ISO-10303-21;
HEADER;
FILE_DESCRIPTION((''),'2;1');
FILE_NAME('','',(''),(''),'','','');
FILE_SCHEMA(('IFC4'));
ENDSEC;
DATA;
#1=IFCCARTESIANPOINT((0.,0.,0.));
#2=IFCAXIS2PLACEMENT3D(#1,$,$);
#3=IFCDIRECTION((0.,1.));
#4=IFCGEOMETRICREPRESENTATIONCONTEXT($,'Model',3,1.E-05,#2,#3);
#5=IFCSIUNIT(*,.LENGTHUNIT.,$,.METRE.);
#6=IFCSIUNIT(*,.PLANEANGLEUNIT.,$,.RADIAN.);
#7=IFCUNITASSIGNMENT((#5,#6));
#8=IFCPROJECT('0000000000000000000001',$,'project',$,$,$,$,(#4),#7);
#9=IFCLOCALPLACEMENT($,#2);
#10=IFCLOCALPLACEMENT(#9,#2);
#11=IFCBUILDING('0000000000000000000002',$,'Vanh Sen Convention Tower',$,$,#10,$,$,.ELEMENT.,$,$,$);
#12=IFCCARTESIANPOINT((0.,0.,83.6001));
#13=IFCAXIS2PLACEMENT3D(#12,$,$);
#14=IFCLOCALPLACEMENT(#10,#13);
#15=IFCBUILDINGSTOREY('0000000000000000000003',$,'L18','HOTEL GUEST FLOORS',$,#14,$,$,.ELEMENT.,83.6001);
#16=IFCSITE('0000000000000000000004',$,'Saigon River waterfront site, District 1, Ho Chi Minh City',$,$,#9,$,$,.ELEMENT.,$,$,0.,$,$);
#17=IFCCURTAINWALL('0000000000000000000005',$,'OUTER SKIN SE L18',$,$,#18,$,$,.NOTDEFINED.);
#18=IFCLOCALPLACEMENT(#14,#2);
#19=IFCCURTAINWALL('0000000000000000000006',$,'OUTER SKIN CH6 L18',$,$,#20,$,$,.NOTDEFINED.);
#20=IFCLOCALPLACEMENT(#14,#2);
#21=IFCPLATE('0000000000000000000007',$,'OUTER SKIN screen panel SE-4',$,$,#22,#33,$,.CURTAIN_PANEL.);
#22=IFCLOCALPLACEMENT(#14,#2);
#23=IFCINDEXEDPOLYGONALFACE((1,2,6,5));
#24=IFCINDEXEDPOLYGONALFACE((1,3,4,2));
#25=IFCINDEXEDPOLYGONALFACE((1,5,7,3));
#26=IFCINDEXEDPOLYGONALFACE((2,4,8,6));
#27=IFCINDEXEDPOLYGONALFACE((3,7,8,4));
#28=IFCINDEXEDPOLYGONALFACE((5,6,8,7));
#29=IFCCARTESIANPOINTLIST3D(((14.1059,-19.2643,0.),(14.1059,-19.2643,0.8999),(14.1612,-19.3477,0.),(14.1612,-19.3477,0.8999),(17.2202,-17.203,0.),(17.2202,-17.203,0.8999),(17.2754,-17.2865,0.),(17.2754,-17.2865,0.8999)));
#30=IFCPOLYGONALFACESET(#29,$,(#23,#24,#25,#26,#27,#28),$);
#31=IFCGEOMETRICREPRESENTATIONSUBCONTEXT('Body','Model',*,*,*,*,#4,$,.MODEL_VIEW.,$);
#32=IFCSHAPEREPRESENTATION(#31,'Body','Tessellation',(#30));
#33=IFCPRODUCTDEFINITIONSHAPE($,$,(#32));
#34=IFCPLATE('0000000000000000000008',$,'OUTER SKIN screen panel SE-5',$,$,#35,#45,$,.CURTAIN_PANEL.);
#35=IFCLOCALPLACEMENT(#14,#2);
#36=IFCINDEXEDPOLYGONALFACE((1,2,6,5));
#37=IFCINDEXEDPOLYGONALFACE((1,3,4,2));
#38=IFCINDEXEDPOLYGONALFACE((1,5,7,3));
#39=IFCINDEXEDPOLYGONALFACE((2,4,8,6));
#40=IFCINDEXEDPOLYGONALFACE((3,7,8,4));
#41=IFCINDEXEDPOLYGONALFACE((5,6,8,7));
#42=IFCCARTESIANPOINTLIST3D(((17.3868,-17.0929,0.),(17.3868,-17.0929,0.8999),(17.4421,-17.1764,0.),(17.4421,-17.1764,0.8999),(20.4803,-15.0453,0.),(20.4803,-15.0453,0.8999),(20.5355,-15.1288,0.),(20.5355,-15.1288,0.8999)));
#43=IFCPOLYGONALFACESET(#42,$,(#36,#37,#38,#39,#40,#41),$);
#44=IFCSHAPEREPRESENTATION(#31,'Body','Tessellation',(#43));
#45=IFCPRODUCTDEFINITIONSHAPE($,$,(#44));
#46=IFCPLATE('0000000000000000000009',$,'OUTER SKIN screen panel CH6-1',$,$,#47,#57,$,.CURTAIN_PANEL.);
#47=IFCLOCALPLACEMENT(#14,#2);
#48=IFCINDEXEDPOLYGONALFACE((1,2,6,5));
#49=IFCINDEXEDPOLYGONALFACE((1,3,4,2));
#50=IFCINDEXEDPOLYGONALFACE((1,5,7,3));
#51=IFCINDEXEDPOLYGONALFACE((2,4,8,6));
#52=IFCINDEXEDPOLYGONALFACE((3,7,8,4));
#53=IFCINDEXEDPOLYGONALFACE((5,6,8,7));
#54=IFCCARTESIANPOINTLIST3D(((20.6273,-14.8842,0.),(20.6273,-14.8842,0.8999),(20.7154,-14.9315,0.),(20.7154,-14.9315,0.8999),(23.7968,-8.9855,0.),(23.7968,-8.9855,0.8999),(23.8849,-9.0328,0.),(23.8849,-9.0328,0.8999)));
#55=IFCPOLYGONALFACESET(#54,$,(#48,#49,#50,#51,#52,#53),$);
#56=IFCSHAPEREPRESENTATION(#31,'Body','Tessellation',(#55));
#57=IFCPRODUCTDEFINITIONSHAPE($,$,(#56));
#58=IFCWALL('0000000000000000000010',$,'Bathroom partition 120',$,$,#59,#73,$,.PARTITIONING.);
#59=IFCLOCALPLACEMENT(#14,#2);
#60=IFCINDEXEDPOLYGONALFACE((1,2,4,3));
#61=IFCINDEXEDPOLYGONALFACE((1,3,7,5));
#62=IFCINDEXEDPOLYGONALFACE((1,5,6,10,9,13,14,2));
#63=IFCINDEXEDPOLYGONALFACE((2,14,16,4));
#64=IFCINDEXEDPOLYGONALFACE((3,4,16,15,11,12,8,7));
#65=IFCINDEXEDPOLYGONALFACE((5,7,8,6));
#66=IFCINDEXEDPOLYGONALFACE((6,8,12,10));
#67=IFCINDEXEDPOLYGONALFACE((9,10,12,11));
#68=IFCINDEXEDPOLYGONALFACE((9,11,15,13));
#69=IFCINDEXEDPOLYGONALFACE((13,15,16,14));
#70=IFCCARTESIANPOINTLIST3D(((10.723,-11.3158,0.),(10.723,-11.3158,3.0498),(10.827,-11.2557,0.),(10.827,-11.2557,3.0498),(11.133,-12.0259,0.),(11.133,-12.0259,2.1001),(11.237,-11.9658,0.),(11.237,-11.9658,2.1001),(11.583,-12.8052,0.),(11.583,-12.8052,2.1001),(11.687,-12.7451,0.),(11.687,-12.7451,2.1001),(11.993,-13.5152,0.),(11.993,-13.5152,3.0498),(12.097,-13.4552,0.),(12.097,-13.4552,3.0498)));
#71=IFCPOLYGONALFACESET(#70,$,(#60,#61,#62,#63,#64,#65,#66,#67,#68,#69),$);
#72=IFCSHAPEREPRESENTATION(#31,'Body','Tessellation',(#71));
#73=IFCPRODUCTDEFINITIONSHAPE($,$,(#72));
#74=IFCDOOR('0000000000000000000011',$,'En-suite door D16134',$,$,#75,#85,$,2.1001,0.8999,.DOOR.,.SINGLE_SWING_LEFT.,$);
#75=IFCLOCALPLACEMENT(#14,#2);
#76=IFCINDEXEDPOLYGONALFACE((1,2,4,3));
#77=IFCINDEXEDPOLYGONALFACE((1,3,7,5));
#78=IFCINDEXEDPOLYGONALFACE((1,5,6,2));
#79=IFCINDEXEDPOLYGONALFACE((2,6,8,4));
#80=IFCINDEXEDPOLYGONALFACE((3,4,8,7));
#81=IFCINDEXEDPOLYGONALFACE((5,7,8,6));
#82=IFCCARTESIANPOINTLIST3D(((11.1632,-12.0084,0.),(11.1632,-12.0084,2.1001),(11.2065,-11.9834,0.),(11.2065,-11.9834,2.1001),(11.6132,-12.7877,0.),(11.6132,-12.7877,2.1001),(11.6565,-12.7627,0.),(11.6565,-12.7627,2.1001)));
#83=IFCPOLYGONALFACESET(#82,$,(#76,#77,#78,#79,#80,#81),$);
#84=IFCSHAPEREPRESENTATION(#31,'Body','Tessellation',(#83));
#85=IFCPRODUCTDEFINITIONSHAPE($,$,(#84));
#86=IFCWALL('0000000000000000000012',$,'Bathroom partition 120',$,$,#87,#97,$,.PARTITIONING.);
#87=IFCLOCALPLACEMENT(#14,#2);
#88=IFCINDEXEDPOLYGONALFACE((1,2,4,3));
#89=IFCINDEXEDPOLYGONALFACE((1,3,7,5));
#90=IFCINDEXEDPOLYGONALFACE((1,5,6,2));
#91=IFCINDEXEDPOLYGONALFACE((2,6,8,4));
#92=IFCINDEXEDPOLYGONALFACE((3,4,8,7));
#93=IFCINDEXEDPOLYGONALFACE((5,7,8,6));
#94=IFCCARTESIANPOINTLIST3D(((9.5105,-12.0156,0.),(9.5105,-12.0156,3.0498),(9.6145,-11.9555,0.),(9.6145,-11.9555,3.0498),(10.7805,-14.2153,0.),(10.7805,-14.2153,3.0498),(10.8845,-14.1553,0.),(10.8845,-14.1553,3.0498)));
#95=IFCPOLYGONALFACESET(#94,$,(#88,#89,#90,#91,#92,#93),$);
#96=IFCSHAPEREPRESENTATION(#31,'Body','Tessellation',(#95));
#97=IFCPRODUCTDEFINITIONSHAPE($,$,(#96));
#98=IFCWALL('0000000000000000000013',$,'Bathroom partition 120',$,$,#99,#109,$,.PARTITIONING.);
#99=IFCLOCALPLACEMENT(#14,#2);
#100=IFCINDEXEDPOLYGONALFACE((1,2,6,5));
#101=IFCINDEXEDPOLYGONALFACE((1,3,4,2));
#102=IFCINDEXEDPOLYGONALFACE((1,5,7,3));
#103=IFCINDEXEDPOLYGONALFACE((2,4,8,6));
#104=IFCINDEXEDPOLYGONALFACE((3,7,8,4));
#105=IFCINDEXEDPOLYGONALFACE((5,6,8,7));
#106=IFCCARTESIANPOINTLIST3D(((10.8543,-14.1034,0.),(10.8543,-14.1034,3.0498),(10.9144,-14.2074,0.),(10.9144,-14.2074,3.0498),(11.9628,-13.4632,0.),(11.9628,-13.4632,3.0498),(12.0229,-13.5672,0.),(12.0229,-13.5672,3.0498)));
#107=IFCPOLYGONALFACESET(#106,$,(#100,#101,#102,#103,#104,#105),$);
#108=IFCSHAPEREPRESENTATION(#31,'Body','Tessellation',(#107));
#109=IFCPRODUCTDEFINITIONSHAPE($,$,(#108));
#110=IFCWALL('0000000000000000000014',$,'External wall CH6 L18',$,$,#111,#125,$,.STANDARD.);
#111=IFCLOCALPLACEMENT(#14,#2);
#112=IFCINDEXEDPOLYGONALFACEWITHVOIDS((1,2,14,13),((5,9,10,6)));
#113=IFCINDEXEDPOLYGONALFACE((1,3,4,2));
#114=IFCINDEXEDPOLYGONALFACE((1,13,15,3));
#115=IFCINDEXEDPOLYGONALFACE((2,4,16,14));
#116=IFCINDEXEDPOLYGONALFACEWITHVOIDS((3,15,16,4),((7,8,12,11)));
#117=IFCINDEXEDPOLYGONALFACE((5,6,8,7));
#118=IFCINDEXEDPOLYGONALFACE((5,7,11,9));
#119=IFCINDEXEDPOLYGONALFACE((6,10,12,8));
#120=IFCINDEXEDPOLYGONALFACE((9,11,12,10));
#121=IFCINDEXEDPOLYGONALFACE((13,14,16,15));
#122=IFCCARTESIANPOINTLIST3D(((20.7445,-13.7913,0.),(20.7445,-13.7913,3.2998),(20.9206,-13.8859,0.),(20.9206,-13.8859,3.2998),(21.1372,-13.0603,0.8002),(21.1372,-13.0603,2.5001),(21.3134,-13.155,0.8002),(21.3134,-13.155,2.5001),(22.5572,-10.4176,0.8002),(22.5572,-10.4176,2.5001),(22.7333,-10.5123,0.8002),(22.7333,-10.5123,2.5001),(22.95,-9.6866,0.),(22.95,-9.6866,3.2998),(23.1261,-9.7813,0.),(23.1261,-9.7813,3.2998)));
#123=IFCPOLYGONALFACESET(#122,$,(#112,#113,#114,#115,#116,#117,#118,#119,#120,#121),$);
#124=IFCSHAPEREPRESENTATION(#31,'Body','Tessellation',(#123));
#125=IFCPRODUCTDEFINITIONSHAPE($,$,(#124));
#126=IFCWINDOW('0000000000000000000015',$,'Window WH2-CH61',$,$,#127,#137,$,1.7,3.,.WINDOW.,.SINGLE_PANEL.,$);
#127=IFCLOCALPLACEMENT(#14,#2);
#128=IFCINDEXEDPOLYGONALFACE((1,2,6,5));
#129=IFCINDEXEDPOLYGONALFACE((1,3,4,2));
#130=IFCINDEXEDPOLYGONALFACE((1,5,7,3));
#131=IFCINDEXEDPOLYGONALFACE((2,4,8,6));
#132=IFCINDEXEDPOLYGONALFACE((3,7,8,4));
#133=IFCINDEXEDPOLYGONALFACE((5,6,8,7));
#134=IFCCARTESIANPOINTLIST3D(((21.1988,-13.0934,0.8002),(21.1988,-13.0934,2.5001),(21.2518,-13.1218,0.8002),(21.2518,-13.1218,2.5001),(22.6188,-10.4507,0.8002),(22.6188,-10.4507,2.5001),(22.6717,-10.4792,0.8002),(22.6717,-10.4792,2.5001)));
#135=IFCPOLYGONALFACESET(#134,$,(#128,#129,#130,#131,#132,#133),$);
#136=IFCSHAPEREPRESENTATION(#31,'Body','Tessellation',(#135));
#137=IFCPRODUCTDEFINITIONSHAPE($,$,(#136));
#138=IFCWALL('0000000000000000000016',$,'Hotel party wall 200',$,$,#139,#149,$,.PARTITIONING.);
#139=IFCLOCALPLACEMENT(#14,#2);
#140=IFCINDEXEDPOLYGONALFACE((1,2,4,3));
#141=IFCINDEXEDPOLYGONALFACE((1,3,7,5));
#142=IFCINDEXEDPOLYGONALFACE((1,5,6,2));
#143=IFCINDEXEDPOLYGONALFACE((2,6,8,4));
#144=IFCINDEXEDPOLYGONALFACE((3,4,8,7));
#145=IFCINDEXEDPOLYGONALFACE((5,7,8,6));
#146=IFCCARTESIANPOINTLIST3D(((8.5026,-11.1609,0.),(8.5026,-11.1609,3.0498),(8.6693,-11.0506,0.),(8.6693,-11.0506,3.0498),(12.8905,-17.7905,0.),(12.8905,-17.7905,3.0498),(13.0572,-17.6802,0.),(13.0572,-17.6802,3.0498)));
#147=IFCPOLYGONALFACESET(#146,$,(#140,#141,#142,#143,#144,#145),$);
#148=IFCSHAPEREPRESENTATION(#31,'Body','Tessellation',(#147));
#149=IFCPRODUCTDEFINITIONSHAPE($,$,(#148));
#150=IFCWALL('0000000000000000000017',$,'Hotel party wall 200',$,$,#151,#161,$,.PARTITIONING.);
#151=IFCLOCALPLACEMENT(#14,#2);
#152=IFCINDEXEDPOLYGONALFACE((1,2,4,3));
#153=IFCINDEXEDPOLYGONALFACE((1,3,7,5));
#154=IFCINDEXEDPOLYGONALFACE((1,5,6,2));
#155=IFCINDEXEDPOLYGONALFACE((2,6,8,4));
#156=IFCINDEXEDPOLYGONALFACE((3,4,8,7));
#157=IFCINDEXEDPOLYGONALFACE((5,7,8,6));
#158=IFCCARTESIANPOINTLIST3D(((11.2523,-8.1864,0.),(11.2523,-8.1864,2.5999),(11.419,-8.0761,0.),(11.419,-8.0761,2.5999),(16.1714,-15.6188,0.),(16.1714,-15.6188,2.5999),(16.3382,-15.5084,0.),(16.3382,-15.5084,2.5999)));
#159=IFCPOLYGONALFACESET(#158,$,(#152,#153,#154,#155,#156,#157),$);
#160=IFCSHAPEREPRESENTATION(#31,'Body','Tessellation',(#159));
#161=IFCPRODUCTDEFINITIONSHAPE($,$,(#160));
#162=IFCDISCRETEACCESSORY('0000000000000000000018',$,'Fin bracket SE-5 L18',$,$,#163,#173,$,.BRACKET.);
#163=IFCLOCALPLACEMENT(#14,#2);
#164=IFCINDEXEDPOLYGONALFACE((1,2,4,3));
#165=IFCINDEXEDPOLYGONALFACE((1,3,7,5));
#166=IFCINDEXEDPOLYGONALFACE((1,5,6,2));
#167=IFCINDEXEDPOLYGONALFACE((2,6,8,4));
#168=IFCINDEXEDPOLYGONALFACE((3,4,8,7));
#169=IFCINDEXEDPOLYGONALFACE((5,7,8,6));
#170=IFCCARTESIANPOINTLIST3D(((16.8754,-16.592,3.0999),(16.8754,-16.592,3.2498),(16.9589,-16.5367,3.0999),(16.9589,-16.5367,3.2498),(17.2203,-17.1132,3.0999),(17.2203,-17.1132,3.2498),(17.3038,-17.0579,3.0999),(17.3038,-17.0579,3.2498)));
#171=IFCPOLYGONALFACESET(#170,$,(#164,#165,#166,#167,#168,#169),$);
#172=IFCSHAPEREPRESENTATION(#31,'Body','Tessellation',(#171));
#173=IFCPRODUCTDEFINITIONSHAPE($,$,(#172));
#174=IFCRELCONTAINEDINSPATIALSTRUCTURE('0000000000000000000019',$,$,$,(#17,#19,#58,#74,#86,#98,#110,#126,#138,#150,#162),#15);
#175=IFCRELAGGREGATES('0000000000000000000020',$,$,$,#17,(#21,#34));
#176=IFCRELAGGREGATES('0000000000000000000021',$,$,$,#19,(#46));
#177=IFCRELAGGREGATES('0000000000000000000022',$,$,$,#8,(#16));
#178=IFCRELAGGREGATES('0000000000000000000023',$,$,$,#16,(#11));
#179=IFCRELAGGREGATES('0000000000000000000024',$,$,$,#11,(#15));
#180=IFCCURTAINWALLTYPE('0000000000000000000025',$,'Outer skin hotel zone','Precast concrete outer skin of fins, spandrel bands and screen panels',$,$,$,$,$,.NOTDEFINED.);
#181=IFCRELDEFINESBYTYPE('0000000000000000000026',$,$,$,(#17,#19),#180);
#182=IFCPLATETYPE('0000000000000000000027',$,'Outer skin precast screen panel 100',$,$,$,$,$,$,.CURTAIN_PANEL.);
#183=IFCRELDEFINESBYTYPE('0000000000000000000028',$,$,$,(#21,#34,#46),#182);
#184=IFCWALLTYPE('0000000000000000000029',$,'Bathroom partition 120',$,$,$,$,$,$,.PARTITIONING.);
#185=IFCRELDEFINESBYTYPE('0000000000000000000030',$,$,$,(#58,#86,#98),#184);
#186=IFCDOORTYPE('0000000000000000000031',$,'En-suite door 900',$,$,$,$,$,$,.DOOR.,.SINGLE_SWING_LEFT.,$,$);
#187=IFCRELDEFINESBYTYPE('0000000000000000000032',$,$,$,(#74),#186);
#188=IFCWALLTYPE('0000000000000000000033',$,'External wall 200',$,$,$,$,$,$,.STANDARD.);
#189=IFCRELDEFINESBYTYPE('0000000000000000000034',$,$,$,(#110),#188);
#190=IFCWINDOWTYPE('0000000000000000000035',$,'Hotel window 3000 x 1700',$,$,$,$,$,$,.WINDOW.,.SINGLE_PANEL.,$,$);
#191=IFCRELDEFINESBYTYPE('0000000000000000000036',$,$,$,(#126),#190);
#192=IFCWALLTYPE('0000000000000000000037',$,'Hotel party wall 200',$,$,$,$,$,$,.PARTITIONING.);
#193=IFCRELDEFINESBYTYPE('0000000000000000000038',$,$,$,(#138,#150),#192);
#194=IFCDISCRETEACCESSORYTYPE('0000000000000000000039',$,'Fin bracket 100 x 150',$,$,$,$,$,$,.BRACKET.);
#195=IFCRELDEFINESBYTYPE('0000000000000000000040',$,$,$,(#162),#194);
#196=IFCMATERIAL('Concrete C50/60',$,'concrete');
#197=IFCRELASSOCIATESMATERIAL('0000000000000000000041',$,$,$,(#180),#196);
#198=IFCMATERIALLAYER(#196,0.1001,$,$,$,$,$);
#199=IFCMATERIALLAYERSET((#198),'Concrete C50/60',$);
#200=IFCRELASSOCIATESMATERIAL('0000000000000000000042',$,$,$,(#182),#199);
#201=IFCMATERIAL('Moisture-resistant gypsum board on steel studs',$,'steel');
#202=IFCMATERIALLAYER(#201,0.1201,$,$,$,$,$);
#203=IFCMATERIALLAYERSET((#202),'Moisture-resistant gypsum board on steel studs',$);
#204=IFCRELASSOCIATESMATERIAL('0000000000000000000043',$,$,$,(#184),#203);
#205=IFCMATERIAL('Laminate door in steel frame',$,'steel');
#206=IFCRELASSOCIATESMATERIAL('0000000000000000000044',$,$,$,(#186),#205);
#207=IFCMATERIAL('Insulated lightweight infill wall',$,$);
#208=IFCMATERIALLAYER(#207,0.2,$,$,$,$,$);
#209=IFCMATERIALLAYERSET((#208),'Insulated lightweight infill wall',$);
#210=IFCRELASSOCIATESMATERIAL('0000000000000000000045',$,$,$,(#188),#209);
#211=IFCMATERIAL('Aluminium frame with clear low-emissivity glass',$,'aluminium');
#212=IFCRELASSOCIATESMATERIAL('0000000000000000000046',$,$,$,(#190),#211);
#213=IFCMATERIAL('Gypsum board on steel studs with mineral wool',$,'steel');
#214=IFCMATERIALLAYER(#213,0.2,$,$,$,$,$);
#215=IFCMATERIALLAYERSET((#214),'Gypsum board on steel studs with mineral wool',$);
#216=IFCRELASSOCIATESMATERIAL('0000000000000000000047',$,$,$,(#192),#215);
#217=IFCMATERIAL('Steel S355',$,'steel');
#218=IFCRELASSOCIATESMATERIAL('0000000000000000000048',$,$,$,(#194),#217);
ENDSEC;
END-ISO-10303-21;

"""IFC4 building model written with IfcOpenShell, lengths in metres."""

from ifc_helpers import new_model, si_unit, direction, frame, frame_2d, origin, origin_2d, place, context, subcontext, project, spatial, rectangle, extrude, material, layer, layer_set, type_object, element, fill, aggregate, save


model = new_model("IFC4")

# Units and contexts
model_context = context("Model", 3, precision=1e-05, world=origin(), true_north=direction((0.0, 1.0)))
body_context = subcontext(model_context, "Body", "Model", "MODEL_VIEW")
ifc_project = project(units=[si_unit("LENGTHUNIT", "METRE"), si_unit("PLANEANGLEUNIT", "RADIAN")], contexts=[model_context])

# Site, building, storey
site_placement = place(None, origin())
site = spatial("IfcSite", under=ifc_project, at=site_placement, Name="Saigon River waterfront site, District 1, Ho Chi Minh City", CompositionType="ELEMENT", RefElevation=0.0)
building_placement = place(site_placement, origin())
building = spatial("IfcBuilding", under=site, at=building_placement, Name="Vanh Sen Convention Tower", CompositionType="ELEMENT")
storey_placement = place(building_placement, frame((0.0, 0.0, 83.6001)))
storey = spatial("IfcBuildingStorey", under=building, at=storey_placement, Name="L18", Description="HOTEL GUEST FLOORS", CompositionType="ELEMENT", Elevation=83.6001)

# Curtain wall
ifc_material_1 = material(Name="Concrete C50/60", Category="concrete")
curtain_wall_type = type_object("IfcCurtainWallType", Name="Outer skin hotel zone", Description="Precast concrete outer skin of fins, spandrel bands and screen panels", PredefinedType="NOTDEFINED", material=ifc_material_1)
curtain_wall_1_placement = place(storey_placement, origin())
curtain_wall_1 = element("IfcCurtainWall", 1, at=curtain_wall_1_placement, inside=storey, type_object=curtain_wall_type, Name="OUTER SKIN SE L18", PredefinedType="NOTDEFINED")

# Curtain wall
curtain_wall_2_placement = place(storey_placement, origin())
curtain_wall_2 = element("IfcCurtainWall", 2, at=curtain_wall_2_placement, inside=storey, type_object=curtain_wall_type, Name="OUTER SKIN CH6 L18", PredefinedType="NOTDEFINED")

# Plates
ifc_layer_1 = layer(ifc_material_1, 0.1001)
ifc_layer_set_1 = layer_set([ifc_layer_1], Name="Concrete C50/60")
plate_type = type_object("IfcPlateType", Name="Outer skin precast screen panel 100", PredefinedType="CURTAIN_PANEL", material=ifc_layer_set_1)
plate_1_placement = place(storey_placement, frame((15.6907, -18.2754, 0.0), z_axis=(0.0, 0.0, 1.0), x_axis=(0.833892, 0.551928, 0.0)))
plate_1 = element("IfcPlate", 3, at=plate_1_placement, type_object=plate_type, Name="OUTER SKIN screen panel SE-4", PredefinedType="CURTAIN_PANEL", context=body_context, shape_type="SweptSolid", body=[
    extrude(rectangle(XDim=3.7346, YDim=0.1001, at=origin_2d()), origin(), (0.0, 0.0, 1.0), 0.8999),
])
plate_2_placement = place(storey_placement, frame((18.9612, -16.1108, 0.0), z_axis=(0.0, 0.0, 1.0), x_axis=(0.83388, 0.551946, 0.0)))
plate_2 = element("IfcPlate", 4, at=plate_2_placement, type_object=plate_type, Name="OUTER SKIN screen panel SE-5", PredefinedType="CURTAIN_PANEL", context=body_context, shape_type="SweptSolid", body=[
    extrude(rectangle(XDim=3.7097, YDim=0.1001, at=origin_2d()), origin(), (0.0, 0.0, 1.0), 0.8999),
])
aggregate(curtain_wall_1, [plate_1, plate_2])
plate_3_placement = place(storey_placement, frame((22.2561, -11.9585, 0.0), z_axis=(0.0, 0.0, 1.0), x_axis=(0.473323, 0.880889, 0.0)))
plate_3 = element("IfcPlate", 5, at=plate_3_placement, type_object=plate_type, Name="OUTER SKIN screen panel CH6-1", PredefinedType="CURTAIN_PANEL", context=body_context, shape_type="SweptSolid", body=[
    extrude(rectangle(XDim=6.6963, YDim=0.1001, at=origin_2d()), origin(), (0.0, 0.0, 1.0), 0.8999),
])
aggregate(curtain_wall_2, [plate_3])

# Wall, opening, door
ifc_material_2 = material(Name="Moisture-resistant gypsum board on steel studs", Category="steel")
ifc_layer_2 = layer(ifc_material_2, 0.1201)
ifc_layer_set_2 = layer_set([ifc_layer_2], Name="Moisture-resistant gypsum board on steel studs")
wall_type_1 = type_object("IfcWallType", Name="Bathroom partition 120", PredefinedType="PARTITIONING", material=ifc_layer_set_2)
wall_1_placement = place(storey_placement, frame((10.7749, -11.2856, 0.0), z_axis=(0.0, 0.0, 1.0), x_axis=(0.500047, -0.865998, 0.0)))
wall_1 = element("IfcWall", 6, at=wall_1_placement, inside=storey, type_object=wall_type_1, Name="Bathroom partition 120", PredefinedType="PARTITIONING", context=body_context, shape_type="SweptSolid", body=[
    extrude(rectangle(XDim=2.5398, YDim=0.1201, at=frame_2d((1.27, 0.0))), origin(), (0.0, 0.0, 1.0), 3.0498),
])
opening_1_placement = place(wall_1_placement, frame((0.8201, 0.0, 0.0)))
opening_1 = element("IfcOpeningElement", 7, at=opening_1_placement, cuts=wall_1, PredefinedType="OPENING", context=body_context, shape_type="SweptSolid", body=[
    extrude(rectangle(XDim=0.8999, YDim=2.1001, at=frame_2d((0.45, 1.05))), frame((0.0, 0.0701, 0.0), z_axis=(0.0, -1.0, 0.0), x_axis=(1.0, 0.0, 0.0)), (0.0, 0.0, 1.0), 0.1401),
])
ifc_material_3 = material(Name="Laminate door in steel frame", Category="steel")
door_type = type_object("IfcDoorType", Name="En-suite door 900", OperationType="SINGLE_SWING_LEFT", PredefinedType="DOOR", material=ifc_material_3)
door_placement = place(opening_1_placement, origin())
door = element("IfcDoor", 8, at=door_placement, inside=storey, type_object=door_type, Name="En-suite door D16134", OperationType="SINGLE_SWING_LEFT", OverallHeight=2.1001, OverallWidth=0.8999, PredefinedType="DOOR", context=body_context, shape_type="SweptSolid", body=[
    extrude(rectangle(XDim=0.8999, YDim=2.1001, at=frame_2d((0.45, 1.05))), frame((0.0, 0.0249, 0.0), z_axis=(0.0, -1.0, 0.0), x_axis=(1.0, 0.0, 0.0)), (0.0, 0.0, 1.0), 0.05),
])
fill(opening_1, door)

# Walls
wall_2_placement = place(storey_placement, frame((10.8325, -14.1853, 0.0), z_axis=(0.0, 0.0, 1.0), x_axis=(-0.500005, 0.866022, 0.0)))
element("IfcWall", 9, at=wall_2_placement, inside=storey, type_object=wall_type_1, Name="Bathroom partition 120", PredefinedType="PARTITIONING", context=body_context, shape_type="SweptSolid", body=[
    extrude(rectangle(XDim=2.54, YDim=0.1201, at=frame_2d((1.27, 0.0))), origin(), (0.0, 0.0, 1.0), 3.0498),
])
wall_3_placement = place(storey_placement, frame((11.9929, -13.5151, 0.0), z_axis=(0.0, 0.0, 1.0), x_axis=(-0.865957, -0.500119, 0.0)))
element("IfcWall", 10, at=wall_3_placement, inside=storey, type_object=wall_type_1, Name="Bathroom partition 120", PredefinedType="PARTITIONING", context=body_context, shape_type="SweptSolid", body=[
    extrude(rectangle(XDim=1.28, YDim=0.1201, at=frame_2d((0.6401, 0.0))), origin(), (0.0, 0.0, 1.0), 3.0498),
])

# Wall, opening, window
ifc_material_4 = material(Name="Insulated lightweight infill wall")
ifc_layer_3 = layer(ifc_material_4, 0.2)
ifc_layer_set_3 = layer_set([ifc_layer_3], Name="Insulated lightweight infill wall")
wall_type_2 = type_object("IfcWallType", Name="External wall 200", PredefinedType="STANDARD", material=ifc_layer_set_3)
wall_4_placement = place(storey_placement, frame((20.8325, -13.8386, 0.0), z_axis=(0.0, 0.0, 1.0), x_axis=(0.473322, 0.88089, 0.0)))
wall_4 = element("IfcWall", 11, at=wall_4_placement, inside=storey, type_object=wall_type_2, Name="External wall CH6 L18", PredefinedType="STANDARD", context=body_context, shape_type="SweptSolid", body=[
    extrude(rectangle(XDim=4.6597, YDim=0.2, at=frame_2d((2.3298, 0.0))), origin(), (0.0, 0.0, 1.0), 3.2998),
])
opening_2_placement = place(wall_4_placement, frame((0.8298, 0.0, 0.8)))
opening_2 = element("IfcOpeningElement", 12, at=opening_2_placement, cuts=wall_4, PredefinedType="OPENING", context=body_context, shape_type="SweptSolid", body=[
    extrude(rectangle(XDim=3.0, YDim=1.7, at=frame_2d((1.5, 0.8501))), frame((0.0, 0.1099, 0.0), z_axis=(0.0, -1.0, 0.0), x_axis=(1.0, 0.0, 0.0)), (0.0, 0.0, 1.0), 0.22),
])
ifc_material_5 = material(Name="Aluminium frame with clear low-emissivity glass", Category="aluminium")
window_type = type_object("IfcWindowType", Name="Hotel window 3000 x 1700", PartitioningType="SINGLE_PANEL", PredefinedType="WINDOW", material=ifc_material_5)
window_placement = place(opening_2_placement, origin())
window = element("IfcWindow", 13, at=window_placement, inside=storey, type_object=window_type, Name="Window WH2-CH61", OverallHeight=1.7, OverallWidth=3.0, PartitioningType="SINGLE_PANEL", PredefinedType="WINDOW", context=body_context, shape_type="SweptSolid", body=[
    extrude(rectangle(XDim=3.0, YDim=1.7, at=frame_2d((1.5, 0.8501))), frame((0.0, 0.03, 0.0), z_axis=(0.0, -1.0, 0.0), x_axis=(1.0, 0.0, 0.0)), (0.0, 0.0, 1.0), 0.0601),
])
fill(opening_2, window)

# Walls
ifc_material_6 = material(Name="Gypsum board on steel studs with mineral wool", Category="steel")
ifc_layer_4 = layer(ifc_material_6, 0.2)
ifc_layer_set_4 = layer_set([ifc_layer_4], Name="Gypsum board on steel studs with mineral wool")
wall_type_3 = type_object("IfcWallType", Name="Hotel party wall 200", PredefinedType="PARTITIONING", material=ifc_layer_set_4)
wall_5_placement = place(storey_placement, frame((12.9739, -17.7354, 0.0), z_axis=(0.0, 0.0, 1.0), x_axis=(-0.551926, 0.833893, 0.0)))
element("IfcWall", 14, at=wall_5_placement, inside=storey, type_object=wall_type_3, Name="Hotel party wall 200", PredefinedType="PARTITIONING", context=body_context, shape_type="SweptSolid", body=[
    extrude(rectangle(XDim=7.9502, YDim=0.2, at=frame_2d((3.9751, 0.0))), origin(), (0.0, 0.0, 1.0), 3.0498),
])
wall_6_placement = place(storey_placement, frame((16.2549, -15.5637, 0.0), z_axis=(0.0, 0.0, 1.0), x_axis=(-0.551922, 0.833896, 0.0)))
element("IfcWall", 15, at=wall_6_placement, inside=storey, type_object=wall_type_3, Name="Hotel party wall 200", PredefinedType="PARTITIONING", context=body_context, shape_type="SweptSolid", body=[
    extrude(rectangle(XDim=8.9128, YDim=0.2, at=frame_2d((4.4565, 0.0))), origin(), (0.0, 0.0, 1.0), 2.5999),
])

# Discrete accessory
ifc_material_7 = material(Name="Steel S355", Category="steel")
discrete_accessory_type = type_object("IfcDiscreteAccessoryType", Name="Fin bracket 100 x 150", PredefinedType="BRACKET", material=ifc_material_7)
discrete_accessory_placement = place(storey_placement, frame((17.0896, -16.825, 3.0999), z_axis=(0.0, 0.0, 1.0), x_axis=(0.551937, -0.833886, 0.0)))
element("IfcDiscreteAccessory", 16, at=discrete_accessory_placement, inside=storey, type_object=discrete_accessory_type, Name="Fin bracket SE-5 L18", PredefinedType="BRACKET", context=body_context, shape_type="SweptSolid", body=[
    extrude(rectangle(XDim=0.625, YDim=0.1001, at=origin_2d()), origin(), (0.0, 0.0, 1.0), 0.1499),
])

save(model, "model.ifc")
